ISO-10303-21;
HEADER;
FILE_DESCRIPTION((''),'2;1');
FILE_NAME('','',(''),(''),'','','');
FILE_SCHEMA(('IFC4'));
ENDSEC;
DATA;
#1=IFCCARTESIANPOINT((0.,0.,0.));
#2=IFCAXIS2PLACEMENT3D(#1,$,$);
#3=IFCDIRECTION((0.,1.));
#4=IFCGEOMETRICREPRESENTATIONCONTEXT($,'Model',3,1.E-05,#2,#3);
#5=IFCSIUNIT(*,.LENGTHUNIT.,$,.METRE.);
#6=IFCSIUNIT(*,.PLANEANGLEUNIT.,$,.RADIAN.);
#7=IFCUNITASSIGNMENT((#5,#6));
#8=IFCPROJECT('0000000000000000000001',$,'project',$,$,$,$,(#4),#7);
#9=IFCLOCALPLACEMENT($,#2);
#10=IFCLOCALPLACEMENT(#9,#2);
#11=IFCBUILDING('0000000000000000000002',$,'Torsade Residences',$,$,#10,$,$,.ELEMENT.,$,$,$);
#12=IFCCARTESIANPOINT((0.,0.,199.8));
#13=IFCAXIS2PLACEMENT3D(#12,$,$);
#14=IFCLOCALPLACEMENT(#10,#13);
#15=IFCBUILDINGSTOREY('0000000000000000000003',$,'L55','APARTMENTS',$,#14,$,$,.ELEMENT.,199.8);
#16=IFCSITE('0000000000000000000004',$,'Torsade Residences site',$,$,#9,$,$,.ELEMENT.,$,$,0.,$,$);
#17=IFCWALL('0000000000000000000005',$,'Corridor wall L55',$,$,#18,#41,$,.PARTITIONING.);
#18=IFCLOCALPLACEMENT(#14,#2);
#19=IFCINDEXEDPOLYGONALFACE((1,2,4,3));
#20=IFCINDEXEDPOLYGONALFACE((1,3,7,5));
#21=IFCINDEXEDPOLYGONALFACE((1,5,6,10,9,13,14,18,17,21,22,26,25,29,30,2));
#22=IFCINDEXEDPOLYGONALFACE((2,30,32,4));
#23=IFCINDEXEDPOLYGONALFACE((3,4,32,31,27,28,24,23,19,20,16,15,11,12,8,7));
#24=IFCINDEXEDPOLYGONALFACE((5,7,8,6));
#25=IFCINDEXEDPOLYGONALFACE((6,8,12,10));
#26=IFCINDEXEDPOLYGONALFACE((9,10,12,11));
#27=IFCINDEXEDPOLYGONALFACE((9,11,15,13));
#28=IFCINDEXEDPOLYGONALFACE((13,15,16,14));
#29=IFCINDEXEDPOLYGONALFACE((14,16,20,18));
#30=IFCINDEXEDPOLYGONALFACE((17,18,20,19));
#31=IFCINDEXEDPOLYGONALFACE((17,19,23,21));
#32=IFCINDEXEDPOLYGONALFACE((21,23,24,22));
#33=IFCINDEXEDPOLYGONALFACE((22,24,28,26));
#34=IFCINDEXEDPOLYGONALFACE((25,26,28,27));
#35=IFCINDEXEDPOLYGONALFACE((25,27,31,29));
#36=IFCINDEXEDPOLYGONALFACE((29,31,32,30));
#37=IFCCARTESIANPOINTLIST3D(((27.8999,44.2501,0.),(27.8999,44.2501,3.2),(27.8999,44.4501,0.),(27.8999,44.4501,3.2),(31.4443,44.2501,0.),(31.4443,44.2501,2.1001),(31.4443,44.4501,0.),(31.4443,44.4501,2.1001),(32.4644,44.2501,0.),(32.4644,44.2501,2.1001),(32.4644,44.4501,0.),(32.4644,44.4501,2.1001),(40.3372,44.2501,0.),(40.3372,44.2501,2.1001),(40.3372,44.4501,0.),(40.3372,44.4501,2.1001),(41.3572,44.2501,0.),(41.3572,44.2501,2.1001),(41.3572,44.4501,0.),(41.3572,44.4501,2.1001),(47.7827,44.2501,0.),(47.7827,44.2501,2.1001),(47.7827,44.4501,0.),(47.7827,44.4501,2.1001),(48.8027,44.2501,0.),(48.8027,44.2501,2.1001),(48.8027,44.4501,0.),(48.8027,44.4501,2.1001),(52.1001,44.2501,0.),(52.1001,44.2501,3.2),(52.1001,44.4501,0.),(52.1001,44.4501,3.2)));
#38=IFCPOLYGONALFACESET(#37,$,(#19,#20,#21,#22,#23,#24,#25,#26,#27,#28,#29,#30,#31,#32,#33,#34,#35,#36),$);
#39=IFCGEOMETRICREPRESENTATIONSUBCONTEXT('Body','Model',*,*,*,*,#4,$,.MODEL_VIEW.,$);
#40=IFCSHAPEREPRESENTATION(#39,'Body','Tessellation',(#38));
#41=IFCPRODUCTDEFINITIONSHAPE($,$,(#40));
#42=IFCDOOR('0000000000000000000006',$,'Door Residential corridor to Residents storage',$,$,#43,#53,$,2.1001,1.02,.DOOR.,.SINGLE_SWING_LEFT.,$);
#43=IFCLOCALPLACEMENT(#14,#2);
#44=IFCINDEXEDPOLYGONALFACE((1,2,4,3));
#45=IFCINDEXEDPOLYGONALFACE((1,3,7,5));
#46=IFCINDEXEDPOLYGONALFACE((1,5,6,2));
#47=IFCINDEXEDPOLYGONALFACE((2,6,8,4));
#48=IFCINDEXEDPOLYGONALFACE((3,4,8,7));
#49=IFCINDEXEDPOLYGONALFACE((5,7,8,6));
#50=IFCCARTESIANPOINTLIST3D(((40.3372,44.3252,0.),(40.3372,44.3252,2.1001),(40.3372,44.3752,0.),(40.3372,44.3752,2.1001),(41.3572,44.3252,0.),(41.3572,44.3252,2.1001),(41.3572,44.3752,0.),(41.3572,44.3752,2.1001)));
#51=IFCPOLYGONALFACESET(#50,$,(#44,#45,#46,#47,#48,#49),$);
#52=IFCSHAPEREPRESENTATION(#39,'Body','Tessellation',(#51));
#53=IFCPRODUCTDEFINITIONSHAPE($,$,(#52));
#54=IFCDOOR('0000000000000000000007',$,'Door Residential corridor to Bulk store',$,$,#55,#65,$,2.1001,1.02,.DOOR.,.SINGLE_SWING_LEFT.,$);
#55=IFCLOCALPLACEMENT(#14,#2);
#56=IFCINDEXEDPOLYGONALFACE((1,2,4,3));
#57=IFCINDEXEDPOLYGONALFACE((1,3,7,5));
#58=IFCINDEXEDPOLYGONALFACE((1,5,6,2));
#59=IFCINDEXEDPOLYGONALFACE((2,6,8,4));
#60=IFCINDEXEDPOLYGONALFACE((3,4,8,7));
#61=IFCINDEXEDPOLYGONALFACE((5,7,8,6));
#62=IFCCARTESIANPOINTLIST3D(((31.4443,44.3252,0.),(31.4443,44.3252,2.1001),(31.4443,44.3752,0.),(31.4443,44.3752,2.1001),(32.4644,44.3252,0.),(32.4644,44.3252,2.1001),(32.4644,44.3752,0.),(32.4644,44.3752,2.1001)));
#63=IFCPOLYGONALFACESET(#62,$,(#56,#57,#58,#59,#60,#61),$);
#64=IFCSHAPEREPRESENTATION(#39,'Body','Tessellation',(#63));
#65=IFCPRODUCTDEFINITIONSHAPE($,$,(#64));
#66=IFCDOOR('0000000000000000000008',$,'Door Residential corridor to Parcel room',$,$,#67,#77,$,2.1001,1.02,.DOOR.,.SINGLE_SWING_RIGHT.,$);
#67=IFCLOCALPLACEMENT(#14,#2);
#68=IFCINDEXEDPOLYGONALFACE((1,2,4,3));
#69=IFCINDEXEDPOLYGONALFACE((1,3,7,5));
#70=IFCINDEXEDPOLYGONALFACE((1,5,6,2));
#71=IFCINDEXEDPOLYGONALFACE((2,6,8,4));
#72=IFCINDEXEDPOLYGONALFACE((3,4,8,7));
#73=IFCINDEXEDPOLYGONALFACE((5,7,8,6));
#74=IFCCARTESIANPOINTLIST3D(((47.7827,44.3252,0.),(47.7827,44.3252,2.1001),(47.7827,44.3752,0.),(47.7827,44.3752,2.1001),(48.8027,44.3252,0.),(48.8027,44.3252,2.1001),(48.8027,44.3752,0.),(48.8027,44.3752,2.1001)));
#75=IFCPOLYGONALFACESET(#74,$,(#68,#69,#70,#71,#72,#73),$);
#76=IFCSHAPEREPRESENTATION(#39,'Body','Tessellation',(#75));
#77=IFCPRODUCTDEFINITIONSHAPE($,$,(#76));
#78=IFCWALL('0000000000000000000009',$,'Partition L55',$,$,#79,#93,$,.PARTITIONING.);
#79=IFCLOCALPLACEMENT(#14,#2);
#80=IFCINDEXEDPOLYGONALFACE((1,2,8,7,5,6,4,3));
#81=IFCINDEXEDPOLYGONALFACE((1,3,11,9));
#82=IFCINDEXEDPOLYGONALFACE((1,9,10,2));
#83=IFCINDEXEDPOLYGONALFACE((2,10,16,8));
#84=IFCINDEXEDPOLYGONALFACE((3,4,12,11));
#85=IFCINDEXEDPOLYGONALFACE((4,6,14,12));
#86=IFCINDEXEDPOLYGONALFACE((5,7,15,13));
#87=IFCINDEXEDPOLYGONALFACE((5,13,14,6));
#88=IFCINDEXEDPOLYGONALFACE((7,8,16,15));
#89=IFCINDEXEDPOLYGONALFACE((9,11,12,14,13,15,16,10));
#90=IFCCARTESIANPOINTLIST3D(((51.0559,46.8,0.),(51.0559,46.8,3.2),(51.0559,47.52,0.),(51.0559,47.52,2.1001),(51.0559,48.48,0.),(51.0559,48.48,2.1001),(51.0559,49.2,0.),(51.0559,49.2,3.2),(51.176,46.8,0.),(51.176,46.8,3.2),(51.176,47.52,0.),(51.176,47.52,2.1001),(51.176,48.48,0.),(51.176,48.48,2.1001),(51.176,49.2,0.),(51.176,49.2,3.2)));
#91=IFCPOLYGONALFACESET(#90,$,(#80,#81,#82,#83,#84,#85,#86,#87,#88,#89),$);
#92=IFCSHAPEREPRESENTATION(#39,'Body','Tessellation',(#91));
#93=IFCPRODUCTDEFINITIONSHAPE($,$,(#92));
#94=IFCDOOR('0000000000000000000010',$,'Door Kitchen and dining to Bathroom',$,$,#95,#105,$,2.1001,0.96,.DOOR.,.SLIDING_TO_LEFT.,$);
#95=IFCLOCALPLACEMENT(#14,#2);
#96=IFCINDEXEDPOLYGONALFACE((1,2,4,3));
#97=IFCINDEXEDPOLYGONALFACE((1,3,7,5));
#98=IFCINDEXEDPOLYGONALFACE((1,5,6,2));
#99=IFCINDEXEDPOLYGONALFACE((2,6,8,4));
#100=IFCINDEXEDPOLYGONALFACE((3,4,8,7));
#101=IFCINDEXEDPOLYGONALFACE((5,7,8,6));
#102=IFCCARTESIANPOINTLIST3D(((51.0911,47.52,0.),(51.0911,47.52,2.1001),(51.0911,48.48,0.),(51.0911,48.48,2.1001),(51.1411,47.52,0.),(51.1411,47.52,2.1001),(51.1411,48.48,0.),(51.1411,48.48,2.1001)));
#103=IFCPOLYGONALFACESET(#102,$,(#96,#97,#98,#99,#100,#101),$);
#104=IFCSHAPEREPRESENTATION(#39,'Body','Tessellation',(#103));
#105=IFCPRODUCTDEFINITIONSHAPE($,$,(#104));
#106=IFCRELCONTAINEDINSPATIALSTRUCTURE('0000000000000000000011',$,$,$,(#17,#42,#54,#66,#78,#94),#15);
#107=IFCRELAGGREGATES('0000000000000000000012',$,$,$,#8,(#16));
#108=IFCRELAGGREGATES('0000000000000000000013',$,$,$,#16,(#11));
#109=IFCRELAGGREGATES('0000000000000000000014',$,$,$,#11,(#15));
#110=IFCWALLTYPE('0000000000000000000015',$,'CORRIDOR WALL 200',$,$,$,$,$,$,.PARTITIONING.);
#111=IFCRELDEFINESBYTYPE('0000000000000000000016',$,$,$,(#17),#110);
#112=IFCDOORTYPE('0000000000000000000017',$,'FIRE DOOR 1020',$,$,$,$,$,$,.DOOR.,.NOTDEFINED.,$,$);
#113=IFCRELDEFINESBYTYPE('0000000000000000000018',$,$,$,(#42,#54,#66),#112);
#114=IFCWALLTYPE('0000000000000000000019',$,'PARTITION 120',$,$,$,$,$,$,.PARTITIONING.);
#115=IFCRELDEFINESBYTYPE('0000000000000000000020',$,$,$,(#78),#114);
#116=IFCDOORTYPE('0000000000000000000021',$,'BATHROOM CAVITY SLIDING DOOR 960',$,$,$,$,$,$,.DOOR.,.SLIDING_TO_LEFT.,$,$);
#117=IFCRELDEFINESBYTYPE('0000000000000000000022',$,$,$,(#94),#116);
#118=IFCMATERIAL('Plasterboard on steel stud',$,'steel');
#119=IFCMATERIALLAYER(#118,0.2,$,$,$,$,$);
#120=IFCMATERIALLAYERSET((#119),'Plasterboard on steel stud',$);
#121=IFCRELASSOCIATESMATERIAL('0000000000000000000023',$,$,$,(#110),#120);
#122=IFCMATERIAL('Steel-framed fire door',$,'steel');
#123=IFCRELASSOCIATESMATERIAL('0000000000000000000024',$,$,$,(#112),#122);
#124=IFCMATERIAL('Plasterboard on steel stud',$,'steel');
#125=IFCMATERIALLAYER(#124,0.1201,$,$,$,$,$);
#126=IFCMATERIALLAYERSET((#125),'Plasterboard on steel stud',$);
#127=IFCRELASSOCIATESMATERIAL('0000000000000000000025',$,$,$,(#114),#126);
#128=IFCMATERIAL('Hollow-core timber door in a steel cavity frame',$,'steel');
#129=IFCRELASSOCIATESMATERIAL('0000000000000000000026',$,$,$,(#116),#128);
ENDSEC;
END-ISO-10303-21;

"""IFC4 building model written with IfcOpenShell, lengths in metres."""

from ifc_helpers import new_model, si_unit, direction, frame, frame_2d, origin, place, context, subcontext, project, spatial, rectangle, extrude, material, layer, layer_set, type_object, element, fill, save


model = new_model("IFC4")

# Units and contexts
model_context = context("Model", 3, precision=1e-05, world=origin(), true_north=direction((0.0, 1.0)))
body_context = subcontext(model_context, "Body", "Model", "MODEL_VIEW")
ifc_project = project(units=[si_unit("LENGTHUNIT", "METRE"), si_unit("PLANEANGLEUNIT", "RADIAN")], contexts=[model_context])

# Site, building, storey
site_placement = place(None, origin())
site = spatial("IfcSite", under=ifc_project, at=site_placement, Name="Torsade Residences site", CompositionType="ELEMENT", RefElevation=0.0)
building_placement = place(site_placement, origin())
building = spatial("IfcBuilding", under=site, at=building_placement, Name="Torsade Residences", CompositionType="ELEMENT")
storey_placement = place(building_placement, frame((0.0, 0.0, 199.8)))
storey = spatial("IfcBuildingStorey", under=building, at=storey_placement, Name="L55", Description="APARTMENTS", CompositionType="ELEMENT", Elevation=199.8)

# Shared definitions
ifc_material_1 = material(Name="Plasterboard on steel stud", Category="steel")
ifc_layer_1 = layer(ifc_material_1, 0.2)
ifc_layer_set_1 = layer_set([ifc_layer_1], Name="Plasterboard on steel stud")
wall_type_1 = type_object("IfcWallType", Name="CORRIDOR WALL 200", PredefinedType="PARTITIONING", material=ifc_layer_set_1)

# Wall, openings, doors
wall_1_placement = place(storey_placement, frame((52.1001, 44.3501, 0.0), z_axis=(0.0, 0.0, 1.0), x_axis=(-1.0, 0.0, 0.0)))
wall_1 = element("IfcWall", 1, at=wall_1_placement, inside=storey, type_object=wall_type_1, Name="Corridor wall L55", PredefinedType="PARTITIONING", context=body_context, shape_type="SweptSolid", body=[
    extrude(rectangle(XDim=24.2002, YDim=0.2, at=frame_2d((12.1001, 0.0))), origin(), (0.0, 0.0, 1.0), 3.2),
])
opening_1_placement = place(wall_1_placement, frame((10.7429, 0.0, 0.0)))
opening_1 = element("IfcOpeningElement", 2, at=opening_1_placement, cuts=wall_1, PredefinedType="OPENING", context=body_context, shape_type="SweptSolid", body=[
    extrude(rectangle(XDim=1.02, YDim=2.1001, at=frame_2d((0.51, 1.05))), frame((0.0, 0.1099, 0.0), z_axis=(0.0, -1.0, 0.0), x_axis=(1.0, 0.0, 0.0)), (0.0, 0.0, 1.0), 0.22),
])
opening_2_placement = place(wall_1_placement, frame((19.6357, 0.0, 0.0)))
opening_2 = element("IfcOpeningElement", 3, at=opening_2_placement, cuts=wall_1, PredefinedType="OPENING", context=body_context, shape_type="SweptSolid", body=[
    extrude(rectangle(XDim=1.02, YDim=2.1001, at=frame_2d((0.51, 1.05))), frame((0.0, 0.1099, 0.0), z_axis=(0.0, -1.0, 0.0), x_axis=(1.0, 0.0, 0.0)), (0.0, 0.0, 1.0), 0.22),
])
opening_3_placement = place(wall_1_placement, frame((3.2974, 0.0, 0.0)))
opening_3 = element("IfcOpeningElement", 4, at=opening_3_placement, cuts=wall_1, PredefinedType="OPENING", context=body_context, shape_type="SweptSolid", body=[
    extrude(rectangle(XDim=1.02, YDim=2.1001, at=frame_2d((0.51, 1.05))), frame((0.0, 0.1099, 0.0), z_axis=(0.0, -1.0, 0.0), x_axis=(1.0, 0.0, 0.0)), (0.0, 0.0, 1.0), 0.22),
])
ifc_material_2 = material(Name="Steel-framed fire door", Category="steel")
door_type_1 = type_object("IfcDoorType", Name="FIRE DOOR 1020", OperationType="NOTDEFINED", PredefinedType="DOOR", material=ifc_material_2)
door_1_placement = place(opening_1_placement, origin())
door_1 = element("IfcDoor", 5, at=door_1_placement, inside=storey, type_object=door_type_1, Name="Door Residential corridor to Residents storage", OperationType="SINGLE_SWING_LEFT", OverallHeight=2.1001, OverallWidth=1.02, PredefinedType="DOOR", context=body_context, shape_type="SweptSolid", body=[
    extrude(rectangle(XDim=1.02, YDim=2.1001, at=frame_2d((0.51, 1.05))), frame((0.0, 0.0249, 0.0), z_axis=(0.0, -1.0, 0.0), x_axis=(1.0, 0.0, 0.0)), (0.0, 0.0, 1.0), 0.05),
])
fill(opening_1, door_1)
door_2_placement = place(opening_2_placement, origin())
door_2 = element("IfcDoor", 6, at=door_2_placement, inside=storey, type_object=door_type_1, Name="Door Residential corridor to Bulk store", OperationType="SINGLE_SWING_LEFT", OverallHeight=2.1001, OverallWidth=1.02, PredefinedType="DOOR", context=body_context, shape_type="SweptSolid", body=[
    extrude(rectangle(XDim=1.02, YDim=2.1001, at=frame_2d((0.51, 1.05))), frame((0.0, 0.0249, 0.0), z_axis=(0.0, -1.0, 0.0), x_axis=(1.0, 0.0, 0.0)), (0.0, 0.0, 1.0), 0.05),
])
fill(opening_2, door_2)
door_3_placement = place(opening_3_placement, origin())
door_3 = element("IfcDoor", 7, at=door_3_placement, inside=storey, type_object=door_type_1, Name="Door Residential corridor to Parcel room", OperationType="SINGLE_SWING_RIGHT", OverallHeight=2.1001, OverallWidth=1.02, PredefinedType="DOOR", context=body_context, shape_type="SweptSolid", body=[
    extrude(rectangle(XDim=1.02, YDim=2.1001, at=frame_2d((0.51, 1.05))), frame((0.0, 0.0249, 0.0), z_axis=(0.0, -1.0, 0.0), x_axis=(1.0, 0.0, 0.0)), (0.0, 0.0, 1.0), 0.05),
])
fill(opening_3, door_3)

# Wall, opening, door
ifc_material_3 = material(Name="Plasterboard on steel stud", Category="steel")
ifc_layer_2 = layer(ifc_material_3, 0.1201)
ifc_layer_set_2 = layer_set([ifc_layer_2], Name="Plasterboard on steel stud")
wall_type_2 = type_object("IfcWallType", Name="PARTITION 120", PredefinedType="PARTITIONING", material=ifc_layer_set_2)
wall_2_placement = place(storey_placement, frame((51.116, 46.8, 0.0), z_axis=(0.0, 0.0, 1.0), x_axis=(0.0, 1.0, 0.0)))
wall_2 = element("IfcWall", 8, at=wall_2_placement, inside=storey, type_object=wall_type_2, Name="Partition L55", PredefinedType="PARTITIONING", context=body_context, shape_type="SweptSolid", body=[
    extrude(rectangle(XDim=2.3999, YDim=0.1201, at=frame_2d((1.2, 0.0))), origin(), (0.0, 0.0, 1.0), 3.2),
])
opening_4_placement = place(wall_2_placement, frame((0.72, 0.0, 0.0)))
opening_4 = element("IfcOpeningElement", 9, at=opening_4_placement, cuts=wall_2, PredefinedType="OPENING", context=body_context, shape_type="SweptSolid", body=[
    extrude(rectangle(XDim=0.96, YDim=2.1001, at=frame_2d((0.48, 1.05))), frame((0.0, 0.0701, 0.0), z_axis=(0.0, -1.0, 0.0), x_axis=(1.0, 0.0, 0.0)), (0.0, 0.0, 1.0), 0.1401),
])
ifc_material_4 = material(Name="Hollow-core timber door in a steel cavity frame", Category="steel")
door_type_2 = type_object("IfcDoorType", Name="BATHROOM CAVITY SLIDING DOOR 960", OperationType="SLIDING_TO_LEFT", PredefinedType="DOOR", material=ifc_material_4)
door_4_placement = place(opening_4_placement, origin())
door_4 = element("IfcDoor", 10, at=door_4_placement, inside=storey, type_object=door_type_2, Name="Door Kitchen and dining to Bathroom", OperationType="SLIDING_TO_LEFT", OverallHeight=2.1001, OverallWidth=0.96, PredefinedType="DOOR", context=body_context, shape_type="SweptSolid", body=[
    extrude(rectangle(XDim=0.96, YDim=2.1001, at=frame_2d((0.48, 1.05))), frame((0.0, 0.0249, 0.0), z_axis=(0.0, -1.0, 0.0), x_axis=(1.0, 0.0, 0.0)), (0.0, 0.0, 1.0), 0.05),
])
fill(opening_4, door_4)

save(model, "model.ifc")
